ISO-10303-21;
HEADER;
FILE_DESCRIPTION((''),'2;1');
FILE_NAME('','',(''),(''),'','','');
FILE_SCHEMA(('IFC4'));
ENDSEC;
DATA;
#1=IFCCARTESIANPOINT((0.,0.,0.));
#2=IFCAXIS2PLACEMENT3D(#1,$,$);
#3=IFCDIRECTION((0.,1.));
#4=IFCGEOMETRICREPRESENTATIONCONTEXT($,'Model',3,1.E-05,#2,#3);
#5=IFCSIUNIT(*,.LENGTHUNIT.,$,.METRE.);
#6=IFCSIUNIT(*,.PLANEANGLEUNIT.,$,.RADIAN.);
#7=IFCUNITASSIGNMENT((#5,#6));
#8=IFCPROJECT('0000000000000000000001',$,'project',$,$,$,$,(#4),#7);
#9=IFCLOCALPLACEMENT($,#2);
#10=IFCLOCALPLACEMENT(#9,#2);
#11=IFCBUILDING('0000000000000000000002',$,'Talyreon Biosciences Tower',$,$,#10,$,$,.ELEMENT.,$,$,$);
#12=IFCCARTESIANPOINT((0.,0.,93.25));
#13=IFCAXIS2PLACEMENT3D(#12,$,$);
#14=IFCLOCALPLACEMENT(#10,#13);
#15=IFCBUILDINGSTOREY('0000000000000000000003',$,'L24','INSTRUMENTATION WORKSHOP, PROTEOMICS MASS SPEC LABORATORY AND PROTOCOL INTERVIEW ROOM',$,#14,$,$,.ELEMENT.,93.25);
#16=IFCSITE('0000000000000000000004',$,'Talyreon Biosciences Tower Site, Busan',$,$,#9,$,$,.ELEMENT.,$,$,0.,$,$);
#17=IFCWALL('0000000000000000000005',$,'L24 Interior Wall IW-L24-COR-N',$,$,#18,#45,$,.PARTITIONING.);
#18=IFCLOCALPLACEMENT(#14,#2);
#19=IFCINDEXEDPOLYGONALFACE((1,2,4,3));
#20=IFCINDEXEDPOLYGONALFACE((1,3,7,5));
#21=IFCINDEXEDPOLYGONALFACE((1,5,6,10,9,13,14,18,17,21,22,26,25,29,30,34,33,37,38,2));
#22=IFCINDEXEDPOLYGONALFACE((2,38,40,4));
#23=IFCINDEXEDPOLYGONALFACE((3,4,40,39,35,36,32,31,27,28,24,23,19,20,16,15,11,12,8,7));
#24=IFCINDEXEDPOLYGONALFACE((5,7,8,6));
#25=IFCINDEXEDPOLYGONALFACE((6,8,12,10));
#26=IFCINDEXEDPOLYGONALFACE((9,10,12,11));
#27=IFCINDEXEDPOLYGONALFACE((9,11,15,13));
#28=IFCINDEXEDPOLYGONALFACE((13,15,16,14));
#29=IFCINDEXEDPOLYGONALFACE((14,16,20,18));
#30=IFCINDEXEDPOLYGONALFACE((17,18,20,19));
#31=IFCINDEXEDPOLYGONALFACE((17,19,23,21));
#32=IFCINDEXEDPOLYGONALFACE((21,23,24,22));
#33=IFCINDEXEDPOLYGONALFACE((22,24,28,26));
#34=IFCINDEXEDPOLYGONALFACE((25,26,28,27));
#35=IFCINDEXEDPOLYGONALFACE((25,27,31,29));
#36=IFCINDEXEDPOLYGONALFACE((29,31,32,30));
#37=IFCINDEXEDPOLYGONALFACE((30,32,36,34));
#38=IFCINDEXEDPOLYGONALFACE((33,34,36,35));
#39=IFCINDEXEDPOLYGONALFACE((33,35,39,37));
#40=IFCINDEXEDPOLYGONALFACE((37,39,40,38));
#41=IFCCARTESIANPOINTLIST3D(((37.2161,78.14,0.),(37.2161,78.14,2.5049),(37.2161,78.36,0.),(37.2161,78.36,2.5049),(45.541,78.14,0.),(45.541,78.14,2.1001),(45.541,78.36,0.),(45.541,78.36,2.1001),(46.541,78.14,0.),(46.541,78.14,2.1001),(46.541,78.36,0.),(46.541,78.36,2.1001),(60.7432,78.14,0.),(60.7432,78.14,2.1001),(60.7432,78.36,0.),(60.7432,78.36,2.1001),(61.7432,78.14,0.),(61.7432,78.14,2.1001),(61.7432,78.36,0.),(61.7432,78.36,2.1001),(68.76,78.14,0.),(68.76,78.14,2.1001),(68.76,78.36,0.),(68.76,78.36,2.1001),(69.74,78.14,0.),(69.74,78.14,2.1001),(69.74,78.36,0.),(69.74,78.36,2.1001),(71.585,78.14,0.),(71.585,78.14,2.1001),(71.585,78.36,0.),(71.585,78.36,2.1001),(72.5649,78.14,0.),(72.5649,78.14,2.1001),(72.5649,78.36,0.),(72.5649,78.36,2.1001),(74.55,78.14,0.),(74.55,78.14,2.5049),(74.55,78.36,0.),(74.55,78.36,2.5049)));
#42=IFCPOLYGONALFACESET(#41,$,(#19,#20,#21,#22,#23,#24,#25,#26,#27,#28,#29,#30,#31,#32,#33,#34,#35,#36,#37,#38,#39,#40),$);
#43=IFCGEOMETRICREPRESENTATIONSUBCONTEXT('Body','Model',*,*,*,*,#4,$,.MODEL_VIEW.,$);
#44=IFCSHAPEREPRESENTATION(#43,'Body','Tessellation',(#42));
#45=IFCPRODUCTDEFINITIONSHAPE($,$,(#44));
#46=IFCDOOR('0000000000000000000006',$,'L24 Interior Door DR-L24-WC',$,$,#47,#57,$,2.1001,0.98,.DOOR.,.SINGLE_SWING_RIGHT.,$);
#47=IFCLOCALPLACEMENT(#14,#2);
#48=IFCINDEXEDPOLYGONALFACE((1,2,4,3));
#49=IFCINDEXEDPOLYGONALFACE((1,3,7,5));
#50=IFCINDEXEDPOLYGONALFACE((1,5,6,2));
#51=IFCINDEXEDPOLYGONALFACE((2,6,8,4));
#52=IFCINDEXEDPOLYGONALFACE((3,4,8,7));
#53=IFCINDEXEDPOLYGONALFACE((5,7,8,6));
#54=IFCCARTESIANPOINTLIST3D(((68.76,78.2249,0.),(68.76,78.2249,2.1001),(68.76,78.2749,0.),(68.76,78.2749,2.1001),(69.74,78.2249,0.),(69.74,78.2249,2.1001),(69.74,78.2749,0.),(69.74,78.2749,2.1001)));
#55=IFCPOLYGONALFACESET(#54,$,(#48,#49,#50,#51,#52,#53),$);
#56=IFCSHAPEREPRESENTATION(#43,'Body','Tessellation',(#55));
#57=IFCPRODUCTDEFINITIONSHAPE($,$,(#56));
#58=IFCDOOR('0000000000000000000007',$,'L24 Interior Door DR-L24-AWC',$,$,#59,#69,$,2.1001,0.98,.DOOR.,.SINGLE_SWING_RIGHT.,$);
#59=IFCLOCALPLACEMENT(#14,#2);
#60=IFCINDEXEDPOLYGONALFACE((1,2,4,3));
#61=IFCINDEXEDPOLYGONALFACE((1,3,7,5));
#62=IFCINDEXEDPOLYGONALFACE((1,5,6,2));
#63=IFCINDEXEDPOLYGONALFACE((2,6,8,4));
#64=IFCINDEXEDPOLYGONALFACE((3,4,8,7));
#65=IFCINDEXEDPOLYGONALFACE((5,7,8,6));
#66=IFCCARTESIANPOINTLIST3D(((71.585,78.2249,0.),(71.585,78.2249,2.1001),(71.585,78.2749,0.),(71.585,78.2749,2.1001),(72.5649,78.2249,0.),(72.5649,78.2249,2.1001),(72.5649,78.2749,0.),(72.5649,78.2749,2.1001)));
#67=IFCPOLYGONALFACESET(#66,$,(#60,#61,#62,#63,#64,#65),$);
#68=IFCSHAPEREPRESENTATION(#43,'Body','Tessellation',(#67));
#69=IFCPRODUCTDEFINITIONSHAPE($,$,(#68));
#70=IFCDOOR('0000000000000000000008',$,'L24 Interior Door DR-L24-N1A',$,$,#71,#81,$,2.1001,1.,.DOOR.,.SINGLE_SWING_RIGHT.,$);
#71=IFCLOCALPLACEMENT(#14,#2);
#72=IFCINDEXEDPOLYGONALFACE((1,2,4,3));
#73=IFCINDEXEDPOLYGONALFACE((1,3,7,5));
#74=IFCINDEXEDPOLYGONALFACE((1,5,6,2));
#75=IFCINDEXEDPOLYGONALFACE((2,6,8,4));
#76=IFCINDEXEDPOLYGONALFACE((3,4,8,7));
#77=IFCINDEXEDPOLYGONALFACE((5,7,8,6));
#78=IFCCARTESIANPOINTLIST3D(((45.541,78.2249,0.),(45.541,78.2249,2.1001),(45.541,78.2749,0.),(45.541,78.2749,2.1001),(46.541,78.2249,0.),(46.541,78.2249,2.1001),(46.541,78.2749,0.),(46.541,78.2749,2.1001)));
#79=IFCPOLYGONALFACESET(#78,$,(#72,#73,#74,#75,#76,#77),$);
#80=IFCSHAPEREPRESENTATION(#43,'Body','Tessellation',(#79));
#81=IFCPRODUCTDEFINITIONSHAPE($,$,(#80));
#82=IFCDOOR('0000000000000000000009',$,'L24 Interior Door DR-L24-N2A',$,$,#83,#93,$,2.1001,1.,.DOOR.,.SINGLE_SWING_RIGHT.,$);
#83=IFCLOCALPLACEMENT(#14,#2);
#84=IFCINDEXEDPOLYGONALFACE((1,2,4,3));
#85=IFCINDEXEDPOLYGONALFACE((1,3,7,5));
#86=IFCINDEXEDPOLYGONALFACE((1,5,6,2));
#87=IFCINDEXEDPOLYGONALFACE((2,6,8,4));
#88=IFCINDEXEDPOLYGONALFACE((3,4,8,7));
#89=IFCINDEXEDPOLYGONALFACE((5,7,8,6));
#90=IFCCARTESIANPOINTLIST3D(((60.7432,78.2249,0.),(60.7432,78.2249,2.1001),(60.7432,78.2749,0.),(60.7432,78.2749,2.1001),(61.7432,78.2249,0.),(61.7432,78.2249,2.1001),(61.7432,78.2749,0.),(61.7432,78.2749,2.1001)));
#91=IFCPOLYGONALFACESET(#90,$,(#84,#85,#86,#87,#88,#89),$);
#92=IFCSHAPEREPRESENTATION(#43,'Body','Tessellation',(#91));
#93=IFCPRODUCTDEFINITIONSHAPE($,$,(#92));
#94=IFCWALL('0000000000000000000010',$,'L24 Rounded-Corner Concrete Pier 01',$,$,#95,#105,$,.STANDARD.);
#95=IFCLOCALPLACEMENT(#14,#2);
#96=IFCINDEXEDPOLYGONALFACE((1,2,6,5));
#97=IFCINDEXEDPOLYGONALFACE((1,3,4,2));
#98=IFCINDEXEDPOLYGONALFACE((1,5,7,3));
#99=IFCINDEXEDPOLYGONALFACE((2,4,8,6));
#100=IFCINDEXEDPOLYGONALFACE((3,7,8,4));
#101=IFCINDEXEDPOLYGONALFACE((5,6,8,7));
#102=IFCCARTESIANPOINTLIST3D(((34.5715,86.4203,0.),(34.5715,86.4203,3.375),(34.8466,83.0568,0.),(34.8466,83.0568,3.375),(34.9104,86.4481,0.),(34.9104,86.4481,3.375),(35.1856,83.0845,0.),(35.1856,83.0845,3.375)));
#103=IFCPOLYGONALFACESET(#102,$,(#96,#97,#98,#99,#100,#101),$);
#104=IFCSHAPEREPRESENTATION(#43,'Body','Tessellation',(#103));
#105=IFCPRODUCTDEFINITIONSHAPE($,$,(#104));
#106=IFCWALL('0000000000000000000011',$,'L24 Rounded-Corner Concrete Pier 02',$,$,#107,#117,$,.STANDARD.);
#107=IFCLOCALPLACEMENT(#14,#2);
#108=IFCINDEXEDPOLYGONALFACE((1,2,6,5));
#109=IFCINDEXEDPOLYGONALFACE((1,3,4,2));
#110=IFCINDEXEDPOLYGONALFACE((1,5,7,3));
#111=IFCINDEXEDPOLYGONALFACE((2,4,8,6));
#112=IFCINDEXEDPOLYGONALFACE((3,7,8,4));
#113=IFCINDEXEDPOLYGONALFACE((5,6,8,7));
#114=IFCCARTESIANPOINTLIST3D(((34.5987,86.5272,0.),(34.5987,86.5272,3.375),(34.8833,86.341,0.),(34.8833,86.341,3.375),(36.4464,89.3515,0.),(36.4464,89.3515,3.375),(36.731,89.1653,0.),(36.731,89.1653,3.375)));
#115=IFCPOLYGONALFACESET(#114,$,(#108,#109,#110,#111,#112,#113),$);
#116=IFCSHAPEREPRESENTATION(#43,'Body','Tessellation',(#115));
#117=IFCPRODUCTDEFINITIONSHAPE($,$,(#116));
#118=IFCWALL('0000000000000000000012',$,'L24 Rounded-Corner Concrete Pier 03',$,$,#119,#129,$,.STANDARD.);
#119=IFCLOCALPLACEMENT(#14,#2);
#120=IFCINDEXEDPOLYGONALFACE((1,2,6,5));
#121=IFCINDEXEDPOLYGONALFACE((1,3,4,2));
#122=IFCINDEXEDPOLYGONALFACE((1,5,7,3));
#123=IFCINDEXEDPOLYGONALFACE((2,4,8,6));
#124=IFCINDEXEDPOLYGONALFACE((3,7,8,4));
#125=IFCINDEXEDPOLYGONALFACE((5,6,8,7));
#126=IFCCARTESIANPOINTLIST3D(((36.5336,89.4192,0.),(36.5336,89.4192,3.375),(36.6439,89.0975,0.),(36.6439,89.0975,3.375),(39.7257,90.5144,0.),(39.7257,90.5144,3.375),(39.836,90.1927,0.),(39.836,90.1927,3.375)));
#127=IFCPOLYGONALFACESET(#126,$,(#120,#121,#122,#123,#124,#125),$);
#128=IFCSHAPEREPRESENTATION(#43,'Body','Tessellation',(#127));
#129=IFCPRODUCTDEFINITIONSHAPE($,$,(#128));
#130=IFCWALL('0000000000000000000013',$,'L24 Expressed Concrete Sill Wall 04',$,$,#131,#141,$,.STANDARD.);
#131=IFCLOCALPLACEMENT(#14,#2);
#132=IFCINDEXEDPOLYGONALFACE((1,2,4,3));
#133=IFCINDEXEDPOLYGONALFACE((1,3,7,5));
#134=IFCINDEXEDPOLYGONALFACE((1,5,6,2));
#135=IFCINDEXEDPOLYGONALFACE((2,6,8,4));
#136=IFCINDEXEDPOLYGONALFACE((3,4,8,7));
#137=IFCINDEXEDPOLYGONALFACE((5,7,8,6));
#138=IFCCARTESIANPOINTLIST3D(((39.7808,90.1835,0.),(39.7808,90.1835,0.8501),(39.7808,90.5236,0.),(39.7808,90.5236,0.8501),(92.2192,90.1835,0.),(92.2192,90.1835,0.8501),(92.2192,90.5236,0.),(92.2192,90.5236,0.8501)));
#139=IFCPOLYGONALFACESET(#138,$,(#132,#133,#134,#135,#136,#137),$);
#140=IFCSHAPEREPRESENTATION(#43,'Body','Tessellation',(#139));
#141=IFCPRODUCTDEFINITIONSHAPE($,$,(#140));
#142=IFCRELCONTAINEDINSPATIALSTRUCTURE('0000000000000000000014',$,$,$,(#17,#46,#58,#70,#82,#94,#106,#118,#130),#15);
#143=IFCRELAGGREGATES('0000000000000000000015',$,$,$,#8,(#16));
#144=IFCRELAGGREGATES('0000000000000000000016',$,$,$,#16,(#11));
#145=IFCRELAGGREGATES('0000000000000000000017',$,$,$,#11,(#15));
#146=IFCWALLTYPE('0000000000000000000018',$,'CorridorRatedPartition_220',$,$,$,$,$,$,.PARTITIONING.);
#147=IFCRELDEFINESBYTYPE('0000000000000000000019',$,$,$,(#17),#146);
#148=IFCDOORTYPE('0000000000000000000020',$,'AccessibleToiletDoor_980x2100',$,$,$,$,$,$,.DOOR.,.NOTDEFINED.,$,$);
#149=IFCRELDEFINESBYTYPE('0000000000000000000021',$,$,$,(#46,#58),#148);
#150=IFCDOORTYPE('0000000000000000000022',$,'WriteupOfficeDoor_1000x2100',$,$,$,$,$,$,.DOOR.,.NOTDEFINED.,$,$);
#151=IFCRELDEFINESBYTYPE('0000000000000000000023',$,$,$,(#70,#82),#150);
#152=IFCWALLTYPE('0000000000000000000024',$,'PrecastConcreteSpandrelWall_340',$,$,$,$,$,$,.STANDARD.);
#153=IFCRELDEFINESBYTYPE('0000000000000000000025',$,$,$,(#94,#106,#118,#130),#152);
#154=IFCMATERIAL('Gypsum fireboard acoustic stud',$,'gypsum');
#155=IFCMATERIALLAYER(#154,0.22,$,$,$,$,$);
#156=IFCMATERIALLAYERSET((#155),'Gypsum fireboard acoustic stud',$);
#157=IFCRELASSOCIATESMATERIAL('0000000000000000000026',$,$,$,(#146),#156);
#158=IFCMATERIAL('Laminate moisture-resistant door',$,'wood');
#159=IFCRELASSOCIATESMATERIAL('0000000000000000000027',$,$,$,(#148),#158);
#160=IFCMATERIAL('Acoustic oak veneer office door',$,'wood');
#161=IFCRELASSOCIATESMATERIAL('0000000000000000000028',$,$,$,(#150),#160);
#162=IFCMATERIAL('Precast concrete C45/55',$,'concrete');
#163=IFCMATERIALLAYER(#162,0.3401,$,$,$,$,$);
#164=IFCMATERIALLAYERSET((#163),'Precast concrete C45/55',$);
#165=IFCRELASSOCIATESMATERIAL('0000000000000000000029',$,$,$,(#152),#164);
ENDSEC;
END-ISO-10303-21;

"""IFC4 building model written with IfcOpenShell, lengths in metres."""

from ifc_helpers import new_model, si_unit, direction, frame, frame_2d, origin, place, context, subcontext, project, spatial, rectangle, extrude, material, layer, layer_set, type_object, element, fill, save


model = new_model("IFC4")

# Units and contexts
model_context = context("Model", 3, precision=1e-05, world=origin(), true_north=direction((0.0, 1.0)))
body_context = subcontext(model_context, "Body", "Model", "MODEL_VIEW")
ifc_project = project(units=[si_unit("LENGTHUNIT", "METRE"), si_unit("PLANEANGLEUNIT", "RADIAN")], contexts=[model_context])

# Site, building, storey
site_placement = place(None, origin())
site = spatial("IfcSite", under=ifc_project, at=site_placement, Name="Talyreon Biosciences Tower Site, Busan", CompositionType="ELEMENT", RefElevation=0.0)
building_placement = place(site_placement, origin())
building = spatial("IfcBuilding", under=site, at=building_placement, Name="Talyreon Biosciences Tower", CompositionType="ELEMENT")
storey_placement = place(building_placement, frame((0.0, 0.0, 93.25)))
storey = spatial("IfcBuildingStorey", under=building, at=storey_placement, Name="L24", Description="INSTRUMENTATION WORKSHOP, PROTEOMICS MASS SPEC LABORATORY AND PROTOCOL INTERVIEW ROOM", CompositionType="ELEMENT", Elevation=93.25)

# Shared definitions
ifc_material_1 = material(Name="Precast concrete C45/55", Category="concrete")

# Wall, openings, doors
ifc_material_2 = material(Name="Gypsum fireboard acoustic stud", Category="gypsum")
ifc_layer_1 = layer(ifc_material_2, 0.22)
ifc_layer_set_1 = layer_set([ifc_layer_1], Name="Gypsum fireboard acoustic stud")
wall_type_1 = type_object("IfcWallType", Name="CorridorRatedPartition_220", PredefinedType="PARTITIONING", material=ifc_layer_set_1)
wall_1_placement = place(storey_placement, frame((37.2161, 78.25, 0.0), z_axis=(0.0, 0.0, 1.0), x_axis=(1.0, 0.0, 0.0)))
wall_1 = element("IfcWall", 1, at=wall_1_placement, inside=storey, type_object=wall_type_1, Name="L24 Interior Wall IW-L24-COR-N", PredefinedType="PARTITIONING", context=body_context, shape_type="SweptSolid", body=[
    extrude(rectangle(XDim=37.334, YDim=0.22, at=frame_2d((18.667, 0.0))), origin(), (0.0, 0.0, 1.0), 2.5049),
])
opening_1_placement = place(wall_1_placement, frame((31.5439, 0.0, 0.0)))
opening_1 = element("IfcOpeningElement", 2, at=opening_1_placement, cuts=wall_1, PredefinedType="OPENING", context=body_context, shape_type="SweptSolid", body=[
    extrude(rectangle(XDim=0.98, YDim=2.1001, at=frame_2d((0.49, 1.05))), frame((0.0, 0.1199, 0.0), z_axis=(0.0, -1.0, 0.0), x_axis=(1.0, 0.0, 0.0)), (0.0, 0.0, 1.0), 0.24),
])
opening_2_placement = place(wall_1_placement, frame((34.3689, 0.0, 0.0)))
opening_2 = element("IfcOpeningElement", 3, at=opening_2_placement, cuts=wall_1, PredefinedType="OPENING", context=body_context, shape_type="SweptSolid", body=[
    extrude(rectangle(XDim=0.98, YDim=2.1001, at=frame_2d((0.49, 1.05))), frame((0.0, 0.1199, 0.0), z_axis=(0.0, -1.0, 0.0), x_axis=(1.0, 0.0, 0.0)), (0.0, 0.0, 1.0), 0.24),
])
opening_3_placement = place(wall_1_placement, frame((8.325, 0.0, 0.0)))
opening_3 = element("IfcOpeningElement", 4, at=opening_3_placement, cuts=wall_1, PredefinedType="OPENING", context=body_context, shape_type="SweptSolid", body=[
    extrude(rectangle(XDim=1.0, YDim=2.1001, at=frame_2d((0.5, 1.05))), frame((0.0, 0.1199, 0.0), z_axis=(0.0, -1.0, 0.0), x_axis=(1.0, 0.0, 0.0)), (0.0, 0.0, 1.0), 0.24),
])
opening_4_placement = place(wall_1_placement, frame((23.5271, 0.0, 0.0)))
opening_4 = element("IfcOpeningElement", 5, at=opening_4_placement, cuts=wall_1, PredefinedType="OPENING", context=body_context, shape_type="SweptSolid", body=[
    extrude(rectangle(XDim=1.0, YDim=2.1001, at=frame_2d((0.5, 1.05))), frame((0.0, 0.1199, 0.0), z_axis=(0.0, -1.0, 0.0), x_axis=(1.0, 0.0, 0.0)), (0.0, 0.0, 1.0), 0.24),
])
ifc_material_3 = material(Name="Laminate moisture-resistant door", Category="wood")
door_type_1 = type_object("IfcDoorType", Name="AccessibleToiletDoor_980x2100", OperationType="NOTDEFINED", PredefinedType="DOOR", material=ifc_material_3)
door_1_placement = place(opening_1_placement, origin())
door_1 = element("IfcDoor", 6, at=door_1_placement, inside=storey, type_object=door_type_1, Name="L24 Interior Door DR-L24-WC", OperationType="SINGLE_SWING_RIGHT", OverallHeight=2.1001, OverallWidth=0.98, PredefinedType="DOOR", context=body_context, shape_type="SweptSolid", body=[
    extrude(rectangle(XDim=0.98, YDim=2.1001, at=frame_2d((0.49, 1.05))), frame((0.0, 0.0249, 0.0), z_axis=(0.0, -1.0, 0.0), x_axis=(1.0, 0.0, 0.0)), (0.0, 0.0, 1.0), 0.05),
])
fill(opening_1, door_1)
door_2_placement = place(opening_2_placement, origin())
door_2 = element("IfcDoor", 7, at=door_2_placement, inside=storey, type_object=door_type_1, Name="L24 Interior Door DR-L24-AWC", OperationType="SINGLE_SWING_RIGHT", OverallHeight=2.1001, OverallWidth=0.98, PredefinedType="DOOR", context=body_context, shape_type="SweptSolid", body=[
    extrude(rectangle(XDim=0.98, YDim=2.1001, at=frame_2d((0.49, 1.05))), frame((0.0, 0.0249, 0.0), z_axis=(0.0, -1.0, 0.0), x_axis=(1.0, 0.0, 0.0)), (0.0, 0.0, 1.0), 0.05),
])
fill(opening_2, door_2)
ifc_material_4 = material(Name="Acoustic oak veneer office door", Category="wood")
door_type_2 = type_object("IfcDoorType", Name="WriteupOfficeDoor_1000x2100", OperationType="NOTDEFINED", PredefinedType="DOOR", material=ifc_material_4)
door_3_placement = place(opening_3_placement, origin())
door_3 = element("IfcDoor", 8, at=door_3_placement, inside=storey, type_object=door_type_2, Name="L24 Interior Door DR-L24-N1A", OperationType="SINGLE_SWING_RIGHT", OverallHeight=2.1001, OverallWidth=1.0, PredefinedType="DOOR", context=body_context, shape_type="SweptSolid", body=[
    extrude(rectangle(XDim=1.0, YDim=2.1001, at=frame_2d((0.5, 1.05))), frame((0.0, 0.0249, 0.0), z_axis=(0.0, -1.0, 0.0), x_axis=(1.0, 0.0, 0.0)), (0.0, 0.0, 1.0), 0.05),
])
fill(opening_3, door_3)
door_4_placement = place(opening_4_placement, origin())
door_4 = element("IfcDoor", 9, at=door_4_placement, inside=storey, type_object=door_type_2, Name="L24 Interior Door DR-L24-N2A", OperationType="SINGLE_SWING_RIGHT", OverallHeight=2.1001, OverallWidth=1.0, PredefinedType="DOOR", context=body_context, shape_type="SweptSolid", body=[
    extrude(rectangle(XDim=1.0, YDim=2.1001, at=frame_2d((0.5, 1.05))), frame((0.0, 0.0249, 0.0), z_axis=(0.0, -1.0, 0.0), x_axis=(1.0, 0.0, 0.0)), (0.0, 0.0, 1.0), 0.05),
])
fill(opening_4, door_4)

# Walls
ifc_layer_2 = layer(ifc_material_1, 0.3401)
ifc_layer_set_2 = layer_set([ifc_layer_2], Name="Precast concrete C45/55")
wall_type_2 = type_object("IfcWallType", Name="PrecastConcreteSpandrelWall_340", PredefinedType="STANDARD", material=ifc_layer_set_2)
wall_2_placement = place(storey_placement, frame((35.0161, 83.0706, 0.0), z_axis=(0.0, 0.0, 1.0), x_axis=(-0.081531, 0.996671, 0.0)))
element("IfcWall", 10, at=wall_2_placement, inside=storey, type_object=wall_type_2, Name="L24 Rounded-Corner Concrete Pier 01", PredefinedType="STANDARD", context=body_context, shape_type="SweptSolid", body=[
    extrude(rectangle(XDim=3.3748, YDim=0.3401, at=frame_2d((1.6875, 0.0))), origin(), (0.0, 0.0, 1.0), 3.375),
])
wall_3_placement = place(storey_placement, frame((34.741, 86.4341, 0.0), z_axis=(0.0, 0.0, 1.0), x_axis=(0.547468, 0.836827, 0.0)))
element("IfcWall", 11, at=wall_3_placement, inside=storey, type_object=wall_type_2, Name="L24 Rounded-Corner Concrete Pier 02", PredefinedType="STANDARD", context=body_context, shape_type="SweptSolid", body=[
    extrude(rectangle(XDim=3.375, YDim=0.3401, at=frame_2d((1.6875, 0.0))), origin(), (0.0, 0.0, 1.0), 3.375),
])
wall_4_placement = place(storey_placement, frame((36.5886, 89.2583, 0.0), z_axis=(0.0, 0.0, 1.0), x_axis=(0.945876, 0.324528, 0.0)))
element("IfcWall", 12, at=wall_4_placement, inside=storey, type_object=wall_type_2, Name="L24 Rounded-Corner Concrete Pier 03", PredefinedType="STANDARD", context=body_context, shape_type="SweptSolid", body=[
    extrude(rectangle(XDim=3.3748, YDim=0.3401, at=frame_2d((1.6875, 0.0))), origin(), (0.0, 0.0, 1.0), 3.375),
])
wall_5_placement = place(storey_placement, frame((39.7808, 90.3535, 0.0), z_axis=(0.0, 0.0, 1.0), x_axis=(1.0, 0.0, 0.0)))
element("IfcWall", 13, at=wall_5_placement, inside=storey, type_object=wall_type_2, Name="L24 Expressed Concrete Sill Wall 04", PredefinedType="STANDARD", context=body_context, shape_type="SweptSolid", body=[
    extrude(rectangle(XDim=52.4385, YDim=0.3401, at=frame_2d((26.2192, 0.0))), origin(), (0.0, 0.0, 1.0), 0.8501),
])

save(model, "model.ifc")
